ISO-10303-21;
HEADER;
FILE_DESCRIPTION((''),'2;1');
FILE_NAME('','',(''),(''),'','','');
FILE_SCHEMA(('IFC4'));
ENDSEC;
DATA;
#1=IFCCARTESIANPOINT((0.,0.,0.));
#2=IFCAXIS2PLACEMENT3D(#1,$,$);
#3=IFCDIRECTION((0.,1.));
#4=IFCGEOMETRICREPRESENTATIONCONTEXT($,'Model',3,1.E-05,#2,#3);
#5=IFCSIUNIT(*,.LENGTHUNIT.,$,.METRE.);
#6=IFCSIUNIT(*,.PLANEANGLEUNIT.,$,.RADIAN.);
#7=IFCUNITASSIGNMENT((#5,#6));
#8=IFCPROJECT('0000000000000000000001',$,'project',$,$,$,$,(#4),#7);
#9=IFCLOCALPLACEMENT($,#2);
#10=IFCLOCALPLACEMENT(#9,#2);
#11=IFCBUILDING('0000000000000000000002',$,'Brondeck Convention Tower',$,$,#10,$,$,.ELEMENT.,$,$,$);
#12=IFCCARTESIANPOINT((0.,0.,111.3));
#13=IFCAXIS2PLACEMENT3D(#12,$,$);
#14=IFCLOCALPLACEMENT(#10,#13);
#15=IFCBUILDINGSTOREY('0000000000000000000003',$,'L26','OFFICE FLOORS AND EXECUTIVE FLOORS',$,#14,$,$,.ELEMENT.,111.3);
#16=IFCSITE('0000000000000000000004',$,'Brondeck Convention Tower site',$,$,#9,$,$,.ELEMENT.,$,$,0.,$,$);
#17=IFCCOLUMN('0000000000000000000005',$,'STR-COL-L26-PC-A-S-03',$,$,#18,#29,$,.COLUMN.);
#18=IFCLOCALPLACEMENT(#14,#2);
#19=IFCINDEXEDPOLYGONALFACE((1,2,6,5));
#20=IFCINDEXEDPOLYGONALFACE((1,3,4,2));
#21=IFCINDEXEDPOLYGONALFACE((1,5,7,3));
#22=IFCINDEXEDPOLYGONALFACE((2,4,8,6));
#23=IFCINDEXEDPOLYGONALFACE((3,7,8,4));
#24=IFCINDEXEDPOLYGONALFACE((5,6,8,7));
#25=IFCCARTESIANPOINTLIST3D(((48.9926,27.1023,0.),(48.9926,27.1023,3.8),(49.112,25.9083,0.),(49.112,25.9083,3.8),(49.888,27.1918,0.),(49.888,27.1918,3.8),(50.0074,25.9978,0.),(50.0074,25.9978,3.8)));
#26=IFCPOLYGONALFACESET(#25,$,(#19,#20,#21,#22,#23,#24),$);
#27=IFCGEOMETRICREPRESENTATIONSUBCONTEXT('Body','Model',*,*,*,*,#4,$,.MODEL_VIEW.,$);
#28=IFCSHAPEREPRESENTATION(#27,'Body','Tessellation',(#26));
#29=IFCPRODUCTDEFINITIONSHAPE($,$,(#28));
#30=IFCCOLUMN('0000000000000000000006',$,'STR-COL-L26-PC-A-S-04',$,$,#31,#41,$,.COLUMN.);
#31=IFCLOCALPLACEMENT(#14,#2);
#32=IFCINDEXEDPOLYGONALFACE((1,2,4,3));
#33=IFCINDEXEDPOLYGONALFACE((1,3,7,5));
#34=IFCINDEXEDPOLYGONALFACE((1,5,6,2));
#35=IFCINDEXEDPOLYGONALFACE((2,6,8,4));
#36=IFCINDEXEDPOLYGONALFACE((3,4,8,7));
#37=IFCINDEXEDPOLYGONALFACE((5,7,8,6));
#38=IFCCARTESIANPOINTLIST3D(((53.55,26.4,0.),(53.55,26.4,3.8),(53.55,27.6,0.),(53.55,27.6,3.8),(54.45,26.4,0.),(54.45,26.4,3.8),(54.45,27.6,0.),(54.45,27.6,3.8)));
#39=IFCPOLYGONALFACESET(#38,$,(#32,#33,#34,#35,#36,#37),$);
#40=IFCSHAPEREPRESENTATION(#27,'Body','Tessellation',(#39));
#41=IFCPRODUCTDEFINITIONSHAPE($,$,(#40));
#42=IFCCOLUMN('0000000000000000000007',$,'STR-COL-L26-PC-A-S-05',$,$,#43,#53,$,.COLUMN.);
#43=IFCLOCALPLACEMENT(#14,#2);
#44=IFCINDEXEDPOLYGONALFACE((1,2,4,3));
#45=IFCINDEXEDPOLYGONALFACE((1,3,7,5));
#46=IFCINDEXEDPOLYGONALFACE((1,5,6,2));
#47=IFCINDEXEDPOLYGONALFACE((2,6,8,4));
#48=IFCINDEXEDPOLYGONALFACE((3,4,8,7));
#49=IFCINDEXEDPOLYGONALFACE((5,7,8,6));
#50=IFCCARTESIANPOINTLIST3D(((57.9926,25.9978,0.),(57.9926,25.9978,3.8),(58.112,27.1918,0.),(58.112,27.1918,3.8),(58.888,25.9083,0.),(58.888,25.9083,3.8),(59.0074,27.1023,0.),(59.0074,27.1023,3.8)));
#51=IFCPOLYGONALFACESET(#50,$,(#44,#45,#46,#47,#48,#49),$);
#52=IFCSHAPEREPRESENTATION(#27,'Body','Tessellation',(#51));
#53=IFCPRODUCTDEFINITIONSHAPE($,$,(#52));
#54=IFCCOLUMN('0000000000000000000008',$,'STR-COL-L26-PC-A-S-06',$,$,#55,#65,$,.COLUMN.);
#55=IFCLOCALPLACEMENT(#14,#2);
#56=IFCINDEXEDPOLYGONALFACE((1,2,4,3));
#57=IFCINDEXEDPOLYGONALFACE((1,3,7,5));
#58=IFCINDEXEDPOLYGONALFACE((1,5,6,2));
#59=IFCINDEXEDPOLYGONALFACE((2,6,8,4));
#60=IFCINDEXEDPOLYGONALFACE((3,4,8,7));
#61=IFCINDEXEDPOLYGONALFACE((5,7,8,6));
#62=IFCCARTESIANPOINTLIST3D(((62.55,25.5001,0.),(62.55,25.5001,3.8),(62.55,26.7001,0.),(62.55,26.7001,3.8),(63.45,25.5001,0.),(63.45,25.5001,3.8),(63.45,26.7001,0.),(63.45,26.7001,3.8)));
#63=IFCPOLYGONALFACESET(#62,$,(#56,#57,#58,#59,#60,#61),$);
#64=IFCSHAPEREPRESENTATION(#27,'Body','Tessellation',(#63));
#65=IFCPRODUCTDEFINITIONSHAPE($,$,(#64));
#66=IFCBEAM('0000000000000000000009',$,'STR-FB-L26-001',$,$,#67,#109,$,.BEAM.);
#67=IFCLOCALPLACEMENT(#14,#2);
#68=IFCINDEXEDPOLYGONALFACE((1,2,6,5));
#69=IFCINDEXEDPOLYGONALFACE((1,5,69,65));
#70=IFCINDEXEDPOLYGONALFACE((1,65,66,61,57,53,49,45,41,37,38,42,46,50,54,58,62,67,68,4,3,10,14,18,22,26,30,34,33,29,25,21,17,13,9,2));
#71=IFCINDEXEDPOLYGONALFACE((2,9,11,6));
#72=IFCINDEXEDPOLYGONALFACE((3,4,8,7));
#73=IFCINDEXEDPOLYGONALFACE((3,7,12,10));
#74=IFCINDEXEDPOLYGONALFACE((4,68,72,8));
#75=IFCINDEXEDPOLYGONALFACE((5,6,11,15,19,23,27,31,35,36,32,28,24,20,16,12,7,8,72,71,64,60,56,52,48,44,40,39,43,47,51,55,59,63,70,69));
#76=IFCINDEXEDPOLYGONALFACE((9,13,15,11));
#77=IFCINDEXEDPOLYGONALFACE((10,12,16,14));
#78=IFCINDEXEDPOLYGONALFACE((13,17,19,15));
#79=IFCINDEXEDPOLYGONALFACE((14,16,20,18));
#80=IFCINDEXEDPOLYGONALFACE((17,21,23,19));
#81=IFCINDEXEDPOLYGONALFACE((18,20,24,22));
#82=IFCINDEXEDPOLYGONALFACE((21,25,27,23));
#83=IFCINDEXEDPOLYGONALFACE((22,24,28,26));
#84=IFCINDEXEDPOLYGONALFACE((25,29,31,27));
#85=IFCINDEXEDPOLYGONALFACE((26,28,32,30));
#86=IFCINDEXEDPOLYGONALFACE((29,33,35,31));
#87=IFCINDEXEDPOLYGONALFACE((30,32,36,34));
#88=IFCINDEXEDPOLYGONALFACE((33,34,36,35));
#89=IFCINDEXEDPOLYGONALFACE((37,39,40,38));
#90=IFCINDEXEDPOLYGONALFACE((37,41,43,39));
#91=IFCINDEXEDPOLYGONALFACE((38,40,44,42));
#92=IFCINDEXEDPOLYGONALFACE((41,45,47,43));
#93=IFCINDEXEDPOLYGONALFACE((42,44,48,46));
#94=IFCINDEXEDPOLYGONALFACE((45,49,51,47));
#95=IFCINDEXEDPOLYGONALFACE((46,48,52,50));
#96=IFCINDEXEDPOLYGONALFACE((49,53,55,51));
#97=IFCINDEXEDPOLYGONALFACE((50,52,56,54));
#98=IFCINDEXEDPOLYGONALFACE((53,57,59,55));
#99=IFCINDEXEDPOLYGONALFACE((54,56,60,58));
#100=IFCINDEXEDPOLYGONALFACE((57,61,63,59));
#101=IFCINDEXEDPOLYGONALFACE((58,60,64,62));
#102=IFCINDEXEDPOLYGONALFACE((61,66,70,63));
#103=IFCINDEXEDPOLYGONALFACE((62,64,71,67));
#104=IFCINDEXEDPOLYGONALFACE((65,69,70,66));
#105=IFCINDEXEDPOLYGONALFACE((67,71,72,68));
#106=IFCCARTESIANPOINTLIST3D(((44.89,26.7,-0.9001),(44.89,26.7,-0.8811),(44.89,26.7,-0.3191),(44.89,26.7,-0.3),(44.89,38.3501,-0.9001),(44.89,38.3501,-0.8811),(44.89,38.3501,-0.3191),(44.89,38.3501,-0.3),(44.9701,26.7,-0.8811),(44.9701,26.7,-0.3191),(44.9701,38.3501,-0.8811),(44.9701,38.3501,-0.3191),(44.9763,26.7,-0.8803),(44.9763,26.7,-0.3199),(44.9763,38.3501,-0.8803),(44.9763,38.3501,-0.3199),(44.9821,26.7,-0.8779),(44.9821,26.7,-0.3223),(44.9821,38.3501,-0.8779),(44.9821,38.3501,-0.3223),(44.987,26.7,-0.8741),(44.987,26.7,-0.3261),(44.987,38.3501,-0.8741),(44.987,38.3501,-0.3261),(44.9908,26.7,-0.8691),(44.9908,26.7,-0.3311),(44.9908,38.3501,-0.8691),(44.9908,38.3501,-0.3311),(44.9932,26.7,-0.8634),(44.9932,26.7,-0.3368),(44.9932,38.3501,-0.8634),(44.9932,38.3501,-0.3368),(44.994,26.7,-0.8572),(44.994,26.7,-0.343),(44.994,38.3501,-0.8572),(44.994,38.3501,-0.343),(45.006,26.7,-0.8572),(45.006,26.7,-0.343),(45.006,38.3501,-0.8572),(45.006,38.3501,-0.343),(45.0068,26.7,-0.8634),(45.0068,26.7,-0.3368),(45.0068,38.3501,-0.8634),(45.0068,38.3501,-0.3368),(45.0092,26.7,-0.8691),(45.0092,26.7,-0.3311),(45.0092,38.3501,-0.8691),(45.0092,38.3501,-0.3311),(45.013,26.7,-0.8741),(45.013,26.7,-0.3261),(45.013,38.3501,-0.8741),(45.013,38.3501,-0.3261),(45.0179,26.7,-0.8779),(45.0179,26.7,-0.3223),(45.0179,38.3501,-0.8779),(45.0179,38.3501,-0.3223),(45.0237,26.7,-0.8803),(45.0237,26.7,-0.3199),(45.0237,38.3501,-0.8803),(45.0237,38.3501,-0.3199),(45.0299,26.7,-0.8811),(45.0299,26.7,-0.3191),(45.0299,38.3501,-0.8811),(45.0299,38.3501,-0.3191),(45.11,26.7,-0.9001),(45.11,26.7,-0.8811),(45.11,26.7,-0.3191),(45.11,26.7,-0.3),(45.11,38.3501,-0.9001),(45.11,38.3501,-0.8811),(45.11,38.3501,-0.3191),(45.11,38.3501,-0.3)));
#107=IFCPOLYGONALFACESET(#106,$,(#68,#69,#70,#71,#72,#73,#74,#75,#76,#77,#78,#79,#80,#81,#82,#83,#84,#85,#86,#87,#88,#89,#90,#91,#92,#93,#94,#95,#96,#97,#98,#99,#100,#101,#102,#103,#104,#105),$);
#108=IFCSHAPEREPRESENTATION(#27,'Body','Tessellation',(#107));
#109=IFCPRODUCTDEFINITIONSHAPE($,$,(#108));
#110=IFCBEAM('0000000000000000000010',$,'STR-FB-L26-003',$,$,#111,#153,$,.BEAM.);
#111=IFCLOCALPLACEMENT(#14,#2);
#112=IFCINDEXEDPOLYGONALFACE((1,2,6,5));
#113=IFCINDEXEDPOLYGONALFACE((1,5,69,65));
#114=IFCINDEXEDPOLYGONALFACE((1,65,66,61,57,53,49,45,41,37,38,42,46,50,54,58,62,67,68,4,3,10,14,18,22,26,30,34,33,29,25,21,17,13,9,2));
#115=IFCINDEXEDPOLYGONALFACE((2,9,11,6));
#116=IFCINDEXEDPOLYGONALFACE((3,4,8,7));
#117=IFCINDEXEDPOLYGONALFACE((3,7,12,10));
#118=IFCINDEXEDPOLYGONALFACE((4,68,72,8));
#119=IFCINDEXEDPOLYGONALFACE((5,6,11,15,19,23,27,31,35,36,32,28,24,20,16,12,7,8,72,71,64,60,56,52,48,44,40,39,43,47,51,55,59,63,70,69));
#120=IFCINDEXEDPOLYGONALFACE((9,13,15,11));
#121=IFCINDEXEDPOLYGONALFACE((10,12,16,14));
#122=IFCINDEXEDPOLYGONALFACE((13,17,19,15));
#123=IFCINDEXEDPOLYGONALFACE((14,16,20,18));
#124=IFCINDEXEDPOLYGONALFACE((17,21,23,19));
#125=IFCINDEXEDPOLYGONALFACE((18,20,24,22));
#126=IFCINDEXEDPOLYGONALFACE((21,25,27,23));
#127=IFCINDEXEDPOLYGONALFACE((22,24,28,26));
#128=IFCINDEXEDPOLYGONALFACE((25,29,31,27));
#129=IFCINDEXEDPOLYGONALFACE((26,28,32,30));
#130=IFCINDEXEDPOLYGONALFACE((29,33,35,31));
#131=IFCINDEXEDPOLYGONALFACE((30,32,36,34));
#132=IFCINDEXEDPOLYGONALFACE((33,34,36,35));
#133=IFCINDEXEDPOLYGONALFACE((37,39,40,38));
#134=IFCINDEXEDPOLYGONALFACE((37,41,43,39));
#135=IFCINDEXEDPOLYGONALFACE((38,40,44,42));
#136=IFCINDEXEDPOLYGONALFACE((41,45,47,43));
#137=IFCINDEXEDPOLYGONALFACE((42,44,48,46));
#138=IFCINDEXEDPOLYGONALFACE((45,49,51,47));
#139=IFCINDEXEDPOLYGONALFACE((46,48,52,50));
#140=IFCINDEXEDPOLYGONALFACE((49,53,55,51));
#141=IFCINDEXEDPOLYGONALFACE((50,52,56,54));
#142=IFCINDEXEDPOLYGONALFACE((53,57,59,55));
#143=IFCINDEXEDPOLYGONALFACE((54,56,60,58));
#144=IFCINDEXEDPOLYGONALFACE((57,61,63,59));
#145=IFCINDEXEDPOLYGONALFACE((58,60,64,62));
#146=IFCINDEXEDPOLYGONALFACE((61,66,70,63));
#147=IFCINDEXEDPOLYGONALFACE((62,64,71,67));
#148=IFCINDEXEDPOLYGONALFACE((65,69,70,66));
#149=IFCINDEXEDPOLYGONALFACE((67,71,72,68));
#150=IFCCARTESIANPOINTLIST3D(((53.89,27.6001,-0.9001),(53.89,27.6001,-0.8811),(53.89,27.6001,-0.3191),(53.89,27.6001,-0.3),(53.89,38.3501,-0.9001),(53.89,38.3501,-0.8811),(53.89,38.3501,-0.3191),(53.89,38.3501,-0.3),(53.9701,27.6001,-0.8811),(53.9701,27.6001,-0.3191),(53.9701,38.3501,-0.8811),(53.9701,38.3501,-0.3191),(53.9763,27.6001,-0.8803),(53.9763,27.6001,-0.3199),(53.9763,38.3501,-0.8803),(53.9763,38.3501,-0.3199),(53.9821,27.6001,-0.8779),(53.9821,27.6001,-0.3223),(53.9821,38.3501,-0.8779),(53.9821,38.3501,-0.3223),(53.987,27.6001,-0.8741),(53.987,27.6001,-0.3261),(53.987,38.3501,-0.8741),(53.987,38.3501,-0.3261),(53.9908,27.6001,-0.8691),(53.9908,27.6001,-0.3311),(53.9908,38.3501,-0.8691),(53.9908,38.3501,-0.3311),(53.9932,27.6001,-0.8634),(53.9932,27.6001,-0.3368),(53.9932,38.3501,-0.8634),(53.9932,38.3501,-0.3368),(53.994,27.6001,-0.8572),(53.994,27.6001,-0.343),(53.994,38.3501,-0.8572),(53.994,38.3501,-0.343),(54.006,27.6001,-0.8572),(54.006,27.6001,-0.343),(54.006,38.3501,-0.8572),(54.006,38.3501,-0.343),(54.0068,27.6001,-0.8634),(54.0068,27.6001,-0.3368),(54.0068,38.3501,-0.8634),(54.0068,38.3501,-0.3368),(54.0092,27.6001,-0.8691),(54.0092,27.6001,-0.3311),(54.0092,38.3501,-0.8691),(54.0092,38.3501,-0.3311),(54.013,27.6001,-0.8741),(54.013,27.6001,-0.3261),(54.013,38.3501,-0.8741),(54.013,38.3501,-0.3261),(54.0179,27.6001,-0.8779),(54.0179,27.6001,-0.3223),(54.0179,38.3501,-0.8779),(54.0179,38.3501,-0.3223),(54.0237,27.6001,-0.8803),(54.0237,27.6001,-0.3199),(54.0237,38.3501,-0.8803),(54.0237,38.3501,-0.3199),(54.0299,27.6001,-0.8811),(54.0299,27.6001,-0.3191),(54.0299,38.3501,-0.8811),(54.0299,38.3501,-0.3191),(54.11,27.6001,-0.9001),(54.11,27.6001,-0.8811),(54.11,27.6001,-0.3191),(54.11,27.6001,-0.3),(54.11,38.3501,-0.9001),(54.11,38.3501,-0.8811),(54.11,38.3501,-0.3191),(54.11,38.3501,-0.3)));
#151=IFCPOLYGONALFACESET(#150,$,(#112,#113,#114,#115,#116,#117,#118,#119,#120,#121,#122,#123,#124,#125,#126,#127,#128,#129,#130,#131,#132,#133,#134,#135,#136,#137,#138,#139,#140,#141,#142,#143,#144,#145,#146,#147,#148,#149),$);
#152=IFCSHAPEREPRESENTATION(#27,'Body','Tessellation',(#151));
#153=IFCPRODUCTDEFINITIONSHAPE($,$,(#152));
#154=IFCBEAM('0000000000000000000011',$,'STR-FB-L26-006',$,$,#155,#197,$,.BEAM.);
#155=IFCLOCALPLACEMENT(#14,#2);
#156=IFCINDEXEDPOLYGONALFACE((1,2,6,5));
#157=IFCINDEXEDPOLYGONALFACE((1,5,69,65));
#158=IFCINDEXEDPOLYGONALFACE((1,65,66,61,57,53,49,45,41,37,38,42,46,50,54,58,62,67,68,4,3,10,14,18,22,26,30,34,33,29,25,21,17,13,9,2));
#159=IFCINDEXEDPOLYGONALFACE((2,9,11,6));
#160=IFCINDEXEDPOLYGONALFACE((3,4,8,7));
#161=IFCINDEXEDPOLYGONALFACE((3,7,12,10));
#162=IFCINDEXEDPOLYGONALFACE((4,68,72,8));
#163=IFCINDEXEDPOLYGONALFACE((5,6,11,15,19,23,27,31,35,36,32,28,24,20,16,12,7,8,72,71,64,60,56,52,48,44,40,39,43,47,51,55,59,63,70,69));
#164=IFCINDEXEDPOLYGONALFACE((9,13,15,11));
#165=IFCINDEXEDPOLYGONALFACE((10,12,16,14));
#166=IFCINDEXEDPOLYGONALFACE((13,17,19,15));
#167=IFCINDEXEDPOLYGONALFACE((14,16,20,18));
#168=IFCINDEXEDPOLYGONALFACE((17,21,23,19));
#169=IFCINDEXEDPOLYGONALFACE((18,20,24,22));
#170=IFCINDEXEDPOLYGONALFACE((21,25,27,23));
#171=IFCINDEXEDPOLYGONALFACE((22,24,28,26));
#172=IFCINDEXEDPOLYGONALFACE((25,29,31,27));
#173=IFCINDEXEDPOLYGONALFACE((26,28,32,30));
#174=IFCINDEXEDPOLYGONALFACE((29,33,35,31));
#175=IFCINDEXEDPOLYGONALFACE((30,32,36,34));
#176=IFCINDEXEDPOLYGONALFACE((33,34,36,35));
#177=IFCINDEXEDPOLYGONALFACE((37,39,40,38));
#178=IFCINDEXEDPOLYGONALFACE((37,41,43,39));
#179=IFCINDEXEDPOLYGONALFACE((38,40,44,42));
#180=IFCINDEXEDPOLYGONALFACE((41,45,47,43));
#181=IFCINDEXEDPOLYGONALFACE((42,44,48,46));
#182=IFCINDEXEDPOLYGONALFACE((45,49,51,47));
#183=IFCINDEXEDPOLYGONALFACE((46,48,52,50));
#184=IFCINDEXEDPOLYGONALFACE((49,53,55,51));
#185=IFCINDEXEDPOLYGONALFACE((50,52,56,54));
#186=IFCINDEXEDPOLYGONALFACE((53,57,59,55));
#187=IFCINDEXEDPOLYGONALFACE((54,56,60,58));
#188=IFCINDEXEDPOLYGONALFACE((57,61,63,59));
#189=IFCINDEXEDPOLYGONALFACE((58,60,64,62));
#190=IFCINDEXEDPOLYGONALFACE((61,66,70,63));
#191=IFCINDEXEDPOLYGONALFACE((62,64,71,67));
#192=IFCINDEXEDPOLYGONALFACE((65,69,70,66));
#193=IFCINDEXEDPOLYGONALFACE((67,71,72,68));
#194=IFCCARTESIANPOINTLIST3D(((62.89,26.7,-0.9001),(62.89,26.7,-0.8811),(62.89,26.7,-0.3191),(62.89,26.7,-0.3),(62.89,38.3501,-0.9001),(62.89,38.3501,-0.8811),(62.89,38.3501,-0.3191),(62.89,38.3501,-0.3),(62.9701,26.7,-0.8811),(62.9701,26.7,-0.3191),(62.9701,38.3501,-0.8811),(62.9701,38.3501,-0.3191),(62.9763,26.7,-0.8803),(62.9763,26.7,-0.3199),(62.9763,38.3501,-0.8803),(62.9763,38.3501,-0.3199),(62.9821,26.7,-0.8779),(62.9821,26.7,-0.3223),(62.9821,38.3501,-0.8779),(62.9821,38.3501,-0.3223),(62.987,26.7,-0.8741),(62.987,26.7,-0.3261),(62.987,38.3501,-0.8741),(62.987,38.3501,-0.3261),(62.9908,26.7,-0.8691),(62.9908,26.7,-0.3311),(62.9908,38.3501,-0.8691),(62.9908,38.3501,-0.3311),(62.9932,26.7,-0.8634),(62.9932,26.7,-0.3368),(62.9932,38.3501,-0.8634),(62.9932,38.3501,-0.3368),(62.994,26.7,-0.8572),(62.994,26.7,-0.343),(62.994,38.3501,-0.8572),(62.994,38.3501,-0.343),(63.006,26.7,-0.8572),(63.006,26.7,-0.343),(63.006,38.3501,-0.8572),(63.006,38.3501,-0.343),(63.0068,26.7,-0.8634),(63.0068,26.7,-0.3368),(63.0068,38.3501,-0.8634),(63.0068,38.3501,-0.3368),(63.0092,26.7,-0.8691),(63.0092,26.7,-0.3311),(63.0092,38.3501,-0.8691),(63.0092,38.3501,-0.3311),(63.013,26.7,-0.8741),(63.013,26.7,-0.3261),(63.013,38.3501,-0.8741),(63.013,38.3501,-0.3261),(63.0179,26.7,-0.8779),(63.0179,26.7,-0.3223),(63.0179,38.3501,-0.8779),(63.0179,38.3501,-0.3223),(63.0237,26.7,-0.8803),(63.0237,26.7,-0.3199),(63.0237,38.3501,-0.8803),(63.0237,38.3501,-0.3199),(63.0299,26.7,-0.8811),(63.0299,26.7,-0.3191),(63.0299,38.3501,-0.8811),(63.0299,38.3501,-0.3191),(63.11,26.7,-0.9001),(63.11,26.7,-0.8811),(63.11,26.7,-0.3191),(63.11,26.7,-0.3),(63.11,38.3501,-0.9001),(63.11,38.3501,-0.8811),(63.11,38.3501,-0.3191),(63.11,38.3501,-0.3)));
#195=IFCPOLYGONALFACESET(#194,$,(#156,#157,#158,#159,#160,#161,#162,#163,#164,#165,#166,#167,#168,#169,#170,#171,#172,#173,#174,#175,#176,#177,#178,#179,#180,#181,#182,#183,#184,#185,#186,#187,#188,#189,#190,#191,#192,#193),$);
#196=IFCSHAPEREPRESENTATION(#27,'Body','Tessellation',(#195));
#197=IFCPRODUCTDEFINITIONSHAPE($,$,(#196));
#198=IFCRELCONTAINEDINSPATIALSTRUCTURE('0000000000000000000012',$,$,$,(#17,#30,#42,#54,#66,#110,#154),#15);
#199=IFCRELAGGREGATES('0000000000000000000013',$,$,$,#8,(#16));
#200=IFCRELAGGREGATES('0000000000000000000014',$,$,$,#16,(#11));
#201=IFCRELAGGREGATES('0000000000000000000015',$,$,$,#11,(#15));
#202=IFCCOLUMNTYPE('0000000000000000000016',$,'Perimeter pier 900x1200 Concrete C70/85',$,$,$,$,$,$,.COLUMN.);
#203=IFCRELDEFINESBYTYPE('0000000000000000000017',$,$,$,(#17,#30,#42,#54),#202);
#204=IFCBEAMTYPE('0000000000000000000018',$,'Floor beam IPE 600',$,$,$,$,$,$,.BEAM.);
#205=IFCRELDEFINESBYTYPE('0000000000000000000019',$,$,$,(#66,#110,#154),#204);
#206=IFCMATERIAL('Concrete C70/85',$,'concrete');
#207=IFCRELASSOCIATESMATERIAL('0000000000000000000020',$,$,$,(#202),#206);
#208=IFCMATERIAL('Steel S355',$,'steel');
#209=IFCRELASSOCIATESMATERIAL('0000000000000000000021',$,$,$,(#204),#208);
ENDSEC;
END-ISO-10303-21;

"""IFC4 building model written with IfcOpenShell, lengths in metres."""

from ifc_helpers import new_model, si_unit, direction, frame, origin, origin_2d, place, context, subcontext, project, spatial, rectangle, i_section, extrude, material, material_profile, profile_set, type_object, element, save


model = new_model("IFC4")

# Units and contexts
model_context = context("Model", 3, precision=1e-05, world=origin(), true_north=direction((0.0, 1.0)))
body_context = subcontext(model_context, "Body", "Model", "MODEL_VIEW")
ifc_project = project(units=[si_unit("LENGTHUNIT", "METRE"), si_unit("PLANEANGLEUNIT", "RADIAN")], contexts=[model_context])

# Site, building, storey
site_placement = place(None, origin())
site = spatial("IfcSite", under=ifc_project, at=site_placement, Name="Brondeck Convention Tower site", CompositionType="ELEMENT", RefElevation=0.0)
building_placement = place(site_placement, origin())
building = spatial("IfcBuilding", under=site, at=building_placement, Name="Brondeck Convention Tower", CompositionType="ELEMENT")
storey_placement = place(building_placement, frame((0.0, 0.0, 111.3)))
storey = spatial("IfcBuildingStorey", under=building, at=storey_placement, Name="L26", Description="OFFICE FLOORS AND EXECUTIVE FLOORS", CompositionType="ELEMENT", Elevation=111.3)

# Columns
ifc_material_1 = material(Name="Concrete C70/85", Category="concrete")
ifc_material_profile_1 = material_profile(ifc_material_1, rectangle(XDim=0.8999, YDim=1.2, at=origin_2d()), Name="Perimeter pier 900x1200 Concrete C70/85")
ifc_profile_set_1 = profile_set([ifc_material_profile_1], Name="Concrete C70/85")
column_type = type_object("IfcColumnType", Name="Perimeter pier 900x1200 Concrete C70/85", PredefinedType="COLUMN", material=ifc_profile_set_1)
for number, where, z_axis, x_axis, name in (
    (1, (49.5, 26.55, 0.0), (0.0, 0.0, 1.0), (0.995037, 0.099504, 0.0), "STR-COL-L26-PC-A-S-03"),
    (2, (54.0, 27.0, 0.0), (0.0, 0.0, 1.0), (1.0, 0.0, 0.0), "STR-COL-L26-PC-A-S-04"),
    (3, (58.5, 26.55, 0.0), (0.0, 0.0, 1.0), (0.995037, -0.099504, 0.0), "STR-COL-L26-PC-A-S-05"),
    (4, (63.0, 26.1001, 0.0), (0.0, 0.0, 1.0), (1.0, 0.0, 0.0), "STR-COL-L26-PC-A-S-06"),
):
    element("IfcColumn", number, at=place(storey_placement, frame(where, z_axis=z_axis, x_axis=x_axis)), inside=storey, type_object=column_type, Name=name, PredefinedType="COLUMN", context=body_context, shape_type="SweptSolid", body=[
        extrude(rectangle(XDim=0.8999, YDim=1.2, at=origin_2d()), origin(), (0.0, 0.0, 1.0), 3.8),
    ])

# Beams
ifc_material_2 = material(Name="Steel S355", Category="steel")
ifc_material_profile_2 = material_profile(ifc_material_2, i_section(OverallWidth=0.22, OverallDepth=0.6001, WebThickness=0.012, FlangeThickness=0.019, FilletRadius=0.0239, at=origin_2d()), Name="IPE 600")
ifc_profile_set_2 = profile_set([ifc_material_profile_2], Name="Steel S355")
beam_type_1 = type_object("IfcBeamType", Name="Floor beam IPE 600", PredefinedType="BEAM", material=ifc_profile_set_2)
beam_1_placement = place(storey_placement, frame((45.0, 26.7, -0.6001), z_axis=(0.0, 1.0, 0.0), x_axis=(-1.0, 0.0, 0.0)))
element("IfcBeam", 5, at=beam_1_placement, inside=storey, type_object=beam_type_1, Name="STR-FB-L26-001", PredefinedType="BEAM", context=body_context, shape_type="SweptSolid", body=[
    extrude(i_section(OverallWidth=0.22, OverallDepth=0.6001, WebThickness=0.012, FlangeThickness=0.019, FilletRadius=0.0239, at=origin_2d()), origin(), (0.0, 0.0, 1.0), 11.6501),
])
beam_2_placement = place(storey_placement, frame((54.0, 27.6001, -0.6001), z_axis=(0.0, 1.0, 0.0), x_axis=(-1.0, 0.0, 0.0)))
element("IfcBeam", 6, at=beam_2_placement, inside=storey, type_object=beam_type_1, Name="STR-FB-L26-003", PredefinedType="BEAM", context=body_context, shape_type="SweptSolid", body=[
    extrude(i_section(OverallWidth=0.22, OverallDepth=0.6001, WebThickness=0.012, FlangeThickness=0.019, FilletRadius=0.0239, at=origin_2d()), origin(), (0.0, 0.0, 1.0), 10.75),
])
beam_3_placement = place(storey_placement, frame((63.0, 26.7, -0.6001), z_axis=(0.0, 1.0, 0.0), x_axis=(-1.0, 0.0, 0.0)))
element("IfcBeam", 7, at=beam_3_placement, inside=storey, type_object=beam_type_1, Name="STR-FB-L26-006", PredefinedType="BEAM", context=body_context, shape_type="SweptSolid", body=[
    extrude(i_section(OverallWidth=0.22, OverallDepth=0.6001, WebThickness=0.012, FlangeThickness=0.019, FilletRadius=0.0239, at=origin_2d()), origin(), (0.0, 0.0, 1.0), 11.6501),
])

save(model, "model.ifc")
